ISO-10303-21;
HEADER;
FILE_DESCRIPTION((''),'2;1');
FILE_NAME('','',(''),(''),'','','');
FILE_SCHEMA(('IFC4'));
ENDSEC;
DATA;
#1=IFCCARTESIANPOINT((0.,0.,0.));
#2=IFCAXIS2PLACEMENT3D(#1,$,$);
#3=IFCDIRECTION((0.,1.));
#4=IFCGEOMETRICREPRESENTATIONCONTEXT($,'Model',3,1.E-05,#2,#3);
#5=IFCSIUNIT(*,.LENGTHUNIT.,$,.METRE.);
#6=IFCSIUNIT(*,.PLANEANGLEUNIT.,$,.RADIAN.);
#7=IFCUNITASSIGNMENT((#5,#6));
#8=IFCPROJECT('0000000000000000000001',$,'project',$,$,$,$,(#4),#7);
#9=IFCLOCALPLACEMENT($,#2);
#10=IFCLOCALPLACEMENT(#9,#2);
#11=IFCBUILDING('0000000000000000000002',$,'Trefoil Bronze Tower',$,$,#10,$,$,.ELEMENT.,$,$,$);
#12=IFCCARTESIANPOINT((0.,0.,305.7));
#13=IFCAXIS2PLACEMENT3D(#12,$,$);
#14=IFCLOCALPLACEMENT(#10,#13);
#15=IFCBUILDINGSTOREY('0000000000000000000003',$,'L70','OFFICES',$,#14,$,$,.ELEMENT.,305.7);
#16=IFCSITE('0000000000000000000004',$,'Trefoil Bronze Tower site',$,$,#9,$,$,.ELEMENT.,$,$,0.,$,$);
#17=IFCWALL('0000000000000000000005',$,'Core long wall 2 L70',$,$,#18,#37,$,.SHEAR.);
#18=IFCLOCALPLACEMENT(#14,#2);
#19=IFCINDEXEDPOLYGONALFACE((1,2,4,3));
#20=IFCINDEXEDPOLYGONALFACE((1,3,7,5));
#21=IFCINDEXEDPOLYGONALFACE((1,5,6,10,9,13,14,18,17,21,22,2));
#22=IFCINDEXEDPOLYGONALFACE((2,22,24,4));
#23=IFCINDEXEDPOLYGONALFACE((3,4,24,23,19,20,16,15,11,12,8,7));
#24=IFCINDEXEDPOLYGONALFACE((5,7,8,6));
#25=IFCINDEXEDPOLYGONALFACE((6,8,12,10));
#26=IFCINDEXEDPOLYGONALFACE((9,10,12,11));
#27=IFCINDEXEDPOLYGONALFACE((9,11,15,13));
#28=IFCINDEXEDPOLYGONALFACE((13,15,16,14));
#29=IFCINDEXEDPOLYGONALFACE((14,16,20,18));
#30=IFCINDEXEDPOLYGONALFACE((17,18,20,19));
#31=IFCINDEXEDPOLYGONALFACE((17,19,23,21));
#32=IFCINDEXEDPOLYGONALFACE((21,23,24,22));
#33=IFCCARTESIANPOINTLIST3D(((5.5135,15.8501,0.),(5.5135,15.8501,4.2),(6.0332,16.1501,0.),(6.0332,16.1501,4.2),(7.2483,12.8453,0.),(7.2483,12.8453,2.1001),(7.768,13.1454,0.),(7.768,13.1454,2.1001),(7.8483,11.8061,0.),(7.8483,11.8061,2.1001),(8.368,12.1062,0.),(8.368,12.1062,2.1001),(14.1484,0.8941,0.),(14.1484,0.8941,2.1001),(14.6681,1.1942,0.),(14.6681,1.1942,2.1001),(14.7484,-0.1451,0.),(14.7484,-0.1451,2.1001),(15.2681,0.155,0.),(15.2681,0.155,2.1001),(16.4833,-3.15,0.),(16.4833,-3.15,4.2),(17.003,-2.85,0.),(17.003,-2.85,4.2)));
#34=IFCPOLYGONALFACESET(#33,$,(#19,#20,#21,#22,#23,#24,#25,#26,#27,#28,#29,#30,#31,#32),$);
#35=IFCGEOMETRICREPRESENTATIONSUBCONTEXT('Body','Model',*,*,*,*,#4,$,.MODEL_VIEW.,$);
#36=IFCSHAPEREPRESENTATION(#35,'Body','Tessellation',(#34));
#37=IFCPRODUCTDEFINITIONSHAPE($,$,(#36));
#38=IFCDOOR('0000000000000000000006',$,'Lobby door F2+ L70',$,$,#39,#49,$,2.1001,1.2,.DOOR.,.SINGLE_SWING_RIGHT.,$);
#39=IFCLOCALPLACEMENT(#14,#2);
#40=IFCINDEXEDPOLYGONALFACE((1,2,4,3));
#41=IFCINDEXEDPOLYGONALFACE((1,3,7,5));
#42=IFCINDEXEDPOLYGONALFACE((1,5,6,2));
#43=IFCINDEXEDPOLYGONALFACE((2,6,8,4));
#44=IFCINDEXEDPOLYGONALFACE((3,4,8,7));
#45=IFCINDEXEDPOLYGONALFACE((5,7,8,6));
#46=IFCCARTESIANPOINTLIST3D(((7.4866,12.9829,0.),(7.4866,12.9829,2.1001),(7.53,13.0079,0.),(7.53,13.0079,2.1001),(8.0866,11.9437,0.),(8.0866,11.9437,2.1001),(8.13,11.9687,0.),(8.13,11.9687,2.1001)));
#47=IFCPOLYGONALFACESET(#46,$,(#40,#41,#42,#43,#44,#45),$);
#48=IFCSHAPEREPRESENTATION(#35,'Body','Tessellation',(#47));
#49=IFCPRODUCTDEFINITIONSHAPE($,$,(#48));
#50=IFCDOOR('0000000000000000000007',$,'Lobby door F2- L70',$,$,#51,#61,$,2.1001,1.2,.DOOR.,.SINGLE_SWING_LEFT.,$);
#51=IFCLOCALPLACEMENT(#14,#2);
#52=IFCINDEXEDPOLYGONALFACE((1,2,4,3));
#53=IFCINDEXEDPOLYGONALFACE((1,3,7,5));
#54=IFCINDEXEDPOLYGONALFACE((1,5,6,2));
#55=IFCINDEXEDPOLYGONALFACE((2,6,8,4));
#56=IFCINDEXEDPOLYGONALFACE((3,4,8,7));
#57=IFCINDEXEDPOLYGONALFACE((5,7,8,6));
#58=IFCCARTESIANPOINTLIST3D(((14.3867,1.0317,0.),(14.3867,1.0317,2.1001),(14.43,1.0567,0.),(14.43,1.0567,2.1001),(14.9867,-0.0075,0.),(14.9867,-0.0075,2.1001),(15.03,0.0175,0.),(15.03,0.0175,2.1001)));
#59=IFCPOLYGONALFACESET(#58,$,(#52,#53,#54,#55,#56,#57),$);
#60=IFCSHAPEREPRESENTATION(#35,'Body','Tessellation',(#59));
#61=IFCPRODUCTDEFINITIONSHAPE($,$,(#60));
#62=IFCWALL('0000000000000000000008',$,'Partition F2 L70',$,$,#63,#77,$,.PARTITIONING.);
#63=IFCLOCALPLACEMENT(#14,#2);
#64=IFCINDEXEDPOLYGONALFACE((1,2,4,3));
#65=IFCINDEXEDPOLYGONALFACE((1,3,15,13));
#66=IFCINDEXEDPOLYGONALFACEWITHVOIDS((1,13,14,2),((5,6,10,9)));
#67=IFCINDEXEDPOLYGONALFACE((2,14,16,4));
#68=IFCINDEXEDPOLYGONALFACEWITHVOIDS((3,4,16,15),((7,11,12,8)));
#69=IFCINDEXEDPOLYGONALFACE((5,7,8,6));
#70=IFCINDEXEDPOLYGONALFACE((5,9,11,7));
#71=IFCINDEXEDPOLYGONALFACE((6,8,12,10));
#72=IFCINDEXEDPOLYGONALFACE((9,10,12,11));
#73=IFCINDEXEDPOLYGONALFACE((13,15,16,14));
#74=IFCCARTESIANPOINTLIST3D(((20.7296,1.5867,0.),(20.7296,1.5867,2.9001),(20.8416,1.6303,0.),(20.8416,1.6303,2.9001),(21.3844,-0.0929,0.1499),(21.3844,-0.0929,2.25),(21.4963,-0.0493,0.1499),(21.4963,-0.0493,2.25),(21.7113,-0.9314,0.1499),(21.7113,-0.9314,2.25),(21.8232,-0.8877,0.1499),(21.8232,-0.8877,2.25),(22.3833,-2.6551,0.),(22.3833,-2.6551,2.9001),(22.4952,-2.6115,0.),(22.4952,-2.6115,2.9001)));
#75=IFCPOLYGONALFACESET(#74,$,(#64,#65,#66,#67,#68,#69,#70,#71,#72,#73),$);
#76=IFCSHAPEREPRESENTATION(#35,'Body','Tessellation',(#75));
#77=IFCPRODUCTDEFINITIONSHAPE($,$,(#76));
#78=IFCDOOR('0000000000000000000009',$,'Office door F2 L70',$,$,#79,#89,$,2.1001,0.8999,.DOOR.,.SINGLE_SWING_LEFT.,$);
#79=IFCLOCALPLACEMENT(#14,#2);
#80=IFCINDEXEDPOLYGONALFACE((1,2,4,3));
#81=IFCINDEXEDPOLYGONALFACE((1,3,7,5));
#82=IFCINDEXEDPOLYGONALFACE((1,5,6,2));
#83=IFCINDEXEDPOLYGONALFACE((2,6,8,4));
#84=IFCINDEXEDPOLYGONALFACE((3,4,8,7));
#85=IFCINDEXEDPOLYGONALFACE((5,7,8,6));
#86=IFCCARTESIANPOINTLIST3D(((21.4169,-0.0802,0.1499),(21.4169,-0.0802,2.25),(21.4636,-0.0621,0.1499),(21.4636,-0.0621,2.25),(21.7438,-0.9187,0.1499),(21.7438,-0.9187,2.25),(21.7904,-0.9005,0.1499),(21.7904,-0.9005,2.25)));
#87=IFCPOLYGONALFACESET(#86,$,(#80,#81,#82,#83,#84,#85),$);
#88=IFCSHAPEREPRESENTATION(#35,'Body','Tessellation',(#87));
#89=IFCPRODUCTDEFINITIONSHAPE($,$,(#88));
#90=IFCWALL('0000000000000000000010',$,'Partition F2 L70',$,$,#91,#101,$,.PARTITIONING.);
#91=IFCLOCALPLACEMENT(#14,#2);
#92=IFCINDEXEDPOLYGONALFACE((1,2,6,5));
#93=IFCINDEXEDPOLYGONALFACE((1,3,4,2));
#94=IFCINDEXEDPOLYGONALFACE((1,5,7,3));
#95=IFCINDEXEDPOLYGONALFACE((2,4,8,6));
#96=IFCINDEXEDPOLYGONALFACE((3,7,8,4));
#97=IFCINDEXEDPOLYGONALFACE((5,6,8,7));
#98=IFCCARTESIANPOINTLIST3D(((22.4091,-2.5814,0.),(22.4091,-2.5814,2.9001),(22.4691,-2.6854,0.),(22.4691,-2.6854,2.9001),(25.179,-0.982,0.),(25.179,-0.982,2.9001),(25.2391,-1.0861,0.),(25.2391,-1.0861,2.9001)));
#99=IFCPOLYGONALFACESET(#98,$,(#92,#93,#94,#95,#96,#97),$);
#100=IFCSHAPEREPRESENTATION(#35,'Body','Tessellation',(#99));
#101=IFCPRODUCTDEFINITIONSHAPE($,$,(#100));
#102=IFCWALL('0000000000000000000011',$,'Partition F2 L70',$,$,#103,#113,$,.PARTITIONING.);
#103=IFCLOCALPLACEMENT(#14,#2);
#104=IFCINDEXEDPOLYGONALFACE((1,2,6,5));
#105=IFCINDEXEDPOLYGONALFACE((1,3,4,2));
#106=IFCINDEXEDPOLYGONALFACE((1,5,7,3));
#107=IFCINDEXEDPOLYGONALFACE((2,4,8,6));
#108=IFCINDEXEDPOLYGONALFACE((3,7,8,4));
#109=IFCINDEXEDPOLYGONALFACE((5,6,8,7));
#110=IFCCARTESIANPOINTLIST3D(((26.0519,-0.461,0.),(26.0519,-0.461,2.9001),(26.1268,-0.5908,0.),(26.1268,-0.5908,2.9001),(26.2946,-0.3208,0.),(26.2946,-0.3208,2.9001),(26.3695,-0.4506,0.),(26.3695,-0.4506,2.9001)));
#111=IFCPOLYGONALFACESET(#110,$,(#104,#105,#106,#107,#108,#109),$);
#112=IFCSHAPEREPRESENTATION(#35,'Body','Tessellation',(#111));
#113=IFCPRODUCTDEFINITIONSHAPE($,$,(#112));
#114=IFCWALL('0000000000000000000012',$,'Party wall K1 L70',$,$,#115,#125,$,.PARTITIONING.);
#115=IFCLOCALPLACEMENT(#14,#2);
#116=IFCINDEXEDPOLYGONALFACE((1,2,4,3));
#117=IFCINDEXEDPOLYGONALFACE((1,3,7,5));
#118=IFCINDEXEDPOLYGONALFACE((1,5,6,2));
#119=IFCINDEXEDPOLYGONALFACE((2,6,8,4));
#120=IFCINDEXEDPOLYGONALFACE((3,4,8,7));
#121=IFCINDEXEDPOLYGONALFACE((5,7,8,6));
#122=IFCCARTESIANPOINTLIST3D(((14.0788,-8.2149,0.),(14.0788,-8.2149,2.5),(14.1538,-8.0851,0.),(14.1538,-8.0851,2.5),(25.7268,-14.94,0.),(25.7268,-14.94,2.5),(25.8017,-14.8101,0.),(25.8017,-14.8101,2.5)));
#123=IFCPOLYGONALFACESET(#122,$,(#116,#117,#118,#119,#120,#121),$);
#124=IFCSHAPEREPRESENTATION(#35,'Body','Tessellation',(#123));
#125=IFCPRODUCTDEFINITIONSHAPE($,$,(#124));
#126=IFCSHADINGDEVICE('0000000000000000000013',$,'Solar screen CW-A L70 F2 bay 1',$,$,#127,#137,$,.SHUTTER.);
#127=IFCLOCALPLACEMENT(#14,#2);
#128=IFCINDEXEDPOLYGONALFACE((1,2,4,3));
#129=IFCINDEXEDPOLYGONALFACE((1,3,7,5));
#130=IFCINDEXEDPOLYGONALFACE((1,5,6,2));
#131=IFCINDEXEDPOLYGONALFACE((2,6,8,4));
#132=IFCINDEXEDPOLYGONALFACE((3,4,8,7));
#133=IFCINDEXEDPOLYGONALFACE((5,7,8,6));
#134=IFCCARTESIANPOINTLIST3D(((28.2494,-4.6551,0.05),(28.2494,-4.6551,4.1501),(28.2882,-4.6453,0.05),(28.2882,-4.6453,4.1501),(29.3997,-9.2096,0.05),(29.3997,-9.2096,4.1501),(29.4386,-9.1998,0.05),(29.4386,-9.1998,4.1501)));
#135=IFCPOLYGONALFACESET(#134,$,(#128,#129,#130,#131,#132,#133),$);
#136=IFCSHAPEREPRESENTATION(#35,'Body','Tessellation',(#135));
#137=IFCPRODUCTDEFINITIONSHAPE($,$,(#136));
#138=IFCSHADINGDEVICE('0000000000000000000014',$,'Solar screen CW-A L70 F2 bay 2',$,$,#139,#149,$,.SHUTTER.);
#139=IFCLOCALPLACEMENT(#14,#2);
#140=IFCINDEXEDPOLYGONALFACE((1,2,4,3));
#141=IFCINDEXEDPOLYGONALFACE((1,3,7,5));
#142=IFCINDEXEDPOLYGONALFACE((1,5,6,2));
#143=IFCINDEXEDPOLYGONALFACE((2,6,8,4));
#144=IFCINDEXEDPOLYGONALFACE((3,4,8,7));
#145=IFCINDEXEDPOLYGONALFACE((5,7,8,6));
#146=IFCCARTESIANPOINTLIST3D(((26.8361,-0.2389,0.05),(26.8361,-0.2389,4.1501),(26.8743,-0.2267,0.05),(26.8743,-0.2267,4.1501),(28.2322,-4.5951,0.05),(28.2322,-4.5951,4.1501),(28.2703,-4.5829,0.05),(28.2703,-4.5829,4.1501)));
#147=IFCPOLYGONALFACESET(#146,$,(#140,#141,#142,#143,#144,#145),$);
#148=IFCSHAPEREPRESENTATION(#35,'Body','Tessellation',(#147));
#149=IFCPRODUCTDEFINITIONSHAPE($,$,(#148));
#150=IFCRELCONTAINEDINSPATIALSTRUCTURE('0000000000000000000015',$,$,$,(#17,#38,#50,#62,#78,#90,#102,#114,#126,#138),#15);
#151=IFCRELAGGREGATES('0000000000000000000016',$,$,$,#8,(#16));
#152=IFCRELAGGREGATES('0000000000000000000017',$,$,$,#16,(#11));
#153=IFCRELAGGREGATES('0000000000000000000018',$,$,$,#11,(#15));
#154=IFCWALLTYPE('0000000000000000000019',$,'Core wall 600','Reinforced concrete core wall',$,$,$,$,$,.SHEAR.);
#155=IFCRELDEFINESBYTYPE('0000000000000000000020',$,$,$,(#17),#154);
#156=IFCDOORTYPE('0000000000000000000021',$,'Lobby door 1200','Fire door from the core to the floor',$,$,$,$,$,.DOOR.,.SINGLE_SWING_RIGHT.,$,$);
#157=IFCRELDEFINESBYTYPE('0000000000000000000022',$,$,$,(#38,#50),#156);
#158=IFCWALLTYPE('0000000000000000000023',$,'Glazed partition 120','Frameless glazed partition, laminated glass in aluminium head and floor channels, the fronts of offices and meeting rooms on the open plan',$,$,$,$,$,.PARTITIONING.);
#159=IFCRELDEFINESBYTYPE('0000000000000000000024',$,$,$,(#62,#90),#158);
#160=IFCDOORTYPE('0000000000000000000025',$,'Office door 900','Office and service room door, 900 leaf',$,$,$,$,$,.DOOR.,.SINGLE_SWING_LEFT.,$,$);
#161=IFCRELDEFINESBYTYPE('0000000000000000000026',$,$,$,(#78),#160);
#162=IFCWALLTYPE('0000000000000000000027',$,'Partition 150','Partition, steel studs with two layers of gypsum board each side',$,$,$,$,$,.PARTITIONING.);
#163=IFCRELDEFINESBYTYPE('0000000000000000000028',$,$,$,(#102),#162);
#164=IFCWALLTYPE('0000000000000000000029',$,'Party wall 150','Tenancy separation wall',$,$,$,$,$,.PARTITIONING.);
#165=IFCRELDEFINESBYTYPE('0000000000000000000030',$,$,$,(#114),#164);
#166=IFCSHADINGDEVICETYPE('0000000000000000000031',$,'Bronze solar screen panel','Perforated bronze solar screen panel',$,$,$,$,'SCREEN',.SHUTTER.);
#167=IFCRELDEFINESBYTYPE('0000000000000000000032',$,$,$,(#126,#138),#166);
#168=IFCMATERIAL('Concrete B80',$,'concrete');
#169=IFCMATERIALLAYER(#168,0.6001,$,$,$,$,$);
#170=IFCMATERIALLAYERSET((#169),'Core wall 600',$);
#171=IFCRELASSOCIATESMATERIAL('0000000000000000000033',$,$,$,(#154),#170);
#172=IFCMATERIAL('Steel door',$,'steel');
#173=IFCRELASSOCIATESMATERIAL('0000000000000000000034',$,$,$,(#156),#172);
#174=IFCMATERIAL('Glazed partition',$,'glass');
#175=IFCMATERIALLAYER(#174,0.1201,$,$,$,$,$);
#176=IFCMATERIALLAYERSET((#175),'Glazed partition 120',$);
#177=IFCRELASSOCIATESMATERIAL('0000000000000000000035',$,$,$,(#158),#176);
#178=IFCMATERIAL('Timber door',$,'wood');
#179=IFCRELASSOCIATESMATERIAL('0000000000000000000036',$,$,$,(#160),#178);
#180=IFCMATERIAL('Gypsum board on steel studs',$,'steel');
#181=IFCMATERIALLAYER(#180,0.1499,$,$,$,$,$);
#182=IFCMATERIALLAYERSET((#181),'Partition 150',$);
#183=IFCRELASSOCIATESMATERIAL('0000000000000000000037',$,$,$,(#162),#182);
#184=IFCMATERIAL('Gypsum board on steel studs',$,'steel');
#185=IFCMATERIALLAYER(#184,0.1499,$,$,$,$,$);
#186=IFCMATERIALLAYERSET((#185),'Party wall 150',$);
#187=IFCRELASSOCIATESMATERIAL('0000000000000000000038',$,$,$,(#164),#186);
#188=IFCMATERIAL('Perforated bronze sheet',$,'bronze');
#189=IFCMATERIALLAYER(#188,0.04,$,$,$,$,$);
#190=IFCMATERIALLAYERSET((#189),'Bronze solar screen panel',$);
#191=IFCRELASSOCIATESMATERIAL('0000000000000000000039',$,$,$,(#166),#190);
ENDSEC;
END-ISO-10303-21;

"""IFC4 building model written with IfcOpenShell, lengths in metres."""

from ifc_helpers import new_model, si_unit, direction, frame, frame_2d, origin, origin_2d, place, context, subcontext, project, spatial, rectangle, extrude, material, layer, layer_set, type_object, element, fill, save


model = new_model("IFC4")

# Units and contexts
model_context = context("Model", 3, precision=1e-05, world=origin(), true_north=direction((0.0, 1.0)))
body_context = subcontext(model_context, "Body", "Model", "MODEL_VIEW")
ifc_project = project(units=[si_unit("LENGTHUNIT", "METRE"), si_unit("PLANEANGLEUNIT", "RADIAN")], contexts=[model_context])

# Site, building, storey
site_placement = place(None, origin())
site = spatial("IfcSite", under=ifc_project, at=site_placement, Name="Trefoil Bronze Tower site", CompositionType="ELEMENT", RefElevation=0.0)
building_placement = place(site_placement, origin())
building = spatial("IfcBuilding", under=site, at=building_placement, Name="Trefoil Bronze Tower", CompositionType="ELEMENT")
storey_placement = place(building_placement, frame((0.0, 0.0, 305.7)))
storey = spatial("IfcBuildingStorey", under=building, at=storey_placement, Name="L70", Description="OFFICES", CompositionType="ELEMENT", Elevation=305.7)

# Wall, openings, doors
ifc_material_1 = material(Name="Concrete B80", Category="concrete")
ifc_layer_1 = layer(ifc_material_1, 0.6001)
ifc_layer_set_1 = layer_set([ifc_layer_1], Name="Core wall 600")
wall_type_1 = type_object("IfcWallType", Name="Core wall 600", Description="Reinforced concrete core wall", PredefinedType="SHEAR", material=ifc_layer_set_1)
wall_1_placement = place(storey_placement, frame((16.7432, -3.0, 0.0), z_axis=(0.0, 0.0, 1.0), x_axis=(-0.500002, 0.866024, 0.0)))
wall_1 = element("IfcWall", 1, at=wall_1_placement, inside=storey, type_object=wall_type_1, Name="Core long wall 2 L70", PredefinedType="SHEAR", context=body_context, shape_type="SweptSolid", body=[
    extrude(rectangle(XDim=21.9395, YDim=0.6001, at=frame_2d((10.9697, 0.0))), origin(), (0.0, 0.0, 1.0), 4.2),
])
opening_1_placement = place(wall_1_placement, frame((17.2698, 0.0, 0.0)))
opening_1 = element("IfcOpeningElement", 2, at=opening_1_placement, cuts=wall_1, PredefinedType="OPENING", context=body_context, shape_type="SweptSolid", body=[
    extrude(rectangle(XDim=1.2, YDim=2.1001, at=frame_2d((0.6001, 1.05))), frame((0.0, 0.3101, 0.0), z_axis=(0.0, -1.0, 0.0), x_axis=(1.0, 0.0, 0.0)), (0.0, 0.0, 1.0), 0.6201),
])
opening_2_placement = place(wall_1_placement, frame((3.4697, 0.0, 0.0)))
opening_2 = element("IfcOpeningElement", 3, at=opening_2_placement, cuts=wall_1, PredefinedType="OPENING", context=body_context, shape_type="SweptSolid", body=[
    extrude(rectangle(XDim=1.2, YDim=2.1001, at=frame_2d((0.6001, 1.05))), frame((0.0, 0.3101, 0.0), z_axis=(0.0, -1.0, 0.0), x_axis=(1.0, 0.0, 0.0)), (0.0, 0.0, 1.0), 0.6201),
])
ifc_material_2 = material(Name="Steel door", Category="steel")
door_type_1 = type_object("IfcDoorType", Name="Lobby door 1200", Description="Fire door from the core to the floor", OperationType="SINGLE_SWING_RIGHT", PredefinedType="DOOR", material=ifc_material_2)
door_1_placement = place(opening_1_placement, origin())
door_1 = element("IfcDoor", 4, at=door_1_placement, inside=storey, type_object=door_type_1, Name="Lobby door F2+ L70", OperationType="SINGLE_SWING_RIGHT", OverallHeight=2.1001, OverallWidth=1.2, PredefinedType="DOOR", context=body_context, shape_type="SweptSolid", body=[
    extrude(rectangle(XDim=1.2, YDim=2.1001, at=frame_2d((0.6001, 1.05))), frame((0.0, 0.0249, 0.0), z_axis=(0.0, -1.0, 0.0), x_axis=(1.0, 0.0, 0.0)), (0.0, 0.0, 1.0), 0.05),
])
fill(opening_1, door_1)
door_2_placement = place(opening_2_placement, origin())
door_2 = element("IfcDoor", 5, at=door_2_placement, inside=storey, type_object=door_type_1, Name="Lobby door F2- L70", OperationType="SINGLE_SWING_LEFT", OverallHeight=2.1001, OverallWidth=1.2, PredefinedType="DOOR", context=body_context, shape_type="SweptSolid", body=[
    extrude(rectangle(XDim=1.2, YDim=2.1001, at=frame_2d((0.6001, 1.05))), frame((0.0, 0.0249, 0.0), z_axis=(0.0, -1.0, 0.0), x_axis=(1.0, 0.0, 0.0)), (0.0, 0.0, 1.0), 0.05),
])
fill(opening_2, door_2)

# Wall, opening, door
ifc_material_3 = material(Name="Glazed partition", Category="glass")
ifc_layer_2 = layer(ifc_material_3, 0.1201)
ifc_layer_set_2 = layer_set([ifc_layer_2], Name="Glazed partition 120")
wall_type_2 = type_object("IfcWallType", Name="Glazed partition 120", Description="Frameless glazed partition, laminated glass in aluminium head and floor channels, the fronts of offices and meeting rooms on the open plan", PredefinedType="PARTITIONING", material=ifc_layer_set_2)
wall_2_placement = place(storey_placement, frame((22.4392, -2.6333, 0.0), z_axis=(0.0, 0.0, 1.0), x_axis=(-0.363212, 0.931706, 0.0)))
wall_2 = element("IfcWall", 6, at=wall_2_placement, inside=storey, type_object=wall_type_2, Name="Partition F2 L70", PredefinedType="PARTITIONING", context=body_context, shape_type="SweptSolid", body=[
    extrude(rectangle(XDim=4.5527, YDim=0.1201, at=frame_2d((2.2764, 0.0))), origin(), (0.0, 0.0, 1.0), 2.9001),
])
opening_3_placement = place(wall_2_placement, frame((1.8501, 0.0, 0.1499)))
opening_3 = element("IfcOpeningElement", 7, at=opening_3_placement, cuts=wall_2, PredefinedType="OPENING", context=body_context, shape_type="SweptSolid", body=[
    extrude(rectangle(XDim=0.8999, YDim=2.1001, at=frame_2d((0.45, 1.05))), frame((0.0, 0.0701, 0.0), z_axis=(0.0, -1.0, 0.0), x_axis=(1.0, 0.0, 0.0)), (0.0, 0.0, 1.0), 0.1401),
])
ifc_material_4 = material(Name="Timber door", Category="wood")
door_type_2 = type_object("IfcDoorType", Name="Office door 900", Description="Office and service room door, 900 leaf", OperationType="SINGLE_SWING_LEFT", PredefinedType="DOOR", material=ifc_material_4)
door_3_placement = place(opening_3_placement, frame((0.8999, 0.0, 0.0), z_axis=(0.0, 0.0, 1.0), x_axis=(-1.0, 0.0, 0.0)))
door_3 = element("IfcDoor", 8, at=door_3_placement, inside=storey, type_object=door_type_2, Name="Office door F2 L70", OperationType="SINGLE_SWING_LEFT", OverallHeight=2.1001, OverallWidth=0.8999, PredefinedType="DOOR", context=body_context, shape_type="SweptSolid", body=[
    extrude(rectangle(XDim=0.8999, YDim=2.1001, at=frame_2d((0.45, 1.05))), frame((0.0, 0.0249, 0.0), z_axis=(0.0, -1.0, 0.0), x_axis=(1.0, 0.0, 0.0)), (0.0, 0.0, 1.0), 0.05),
])
fill(opening_3, door_3)

# Walls
wall_3_placement = place(storey_placement, frame((22.4392, -2.6333, 0.0), z_axis=(0.0, 0.0, 1.0), x_axis=(0.866013, 0.500022, 0.0)))
element("IfcWall", 9, at=wall_3_placement, inside=storey, type_object=wall_type_2, Name="Partition F2 L70", PredefinedType="PARTITIONING", context=body_context, shape_type="SweptSolid", body=[
    extrude(rectangle(XDim=3.1985, YDim=0.1201, at=frame_2d((1.5991, 0.0))), origin(), (0.0, 0.0, 1.0), 2.9001),
])
ifc_material_5 = material(Name="Gypsum board on steel studs", Category="steel")
ifc_layer_3 = layer(ifc_material_5, 0.1499)
ifc_layer_set_3 = layer_set([ifc_layer_3], Name="Partition 150")
wall_type_3 = type_object("IfcWallType", Name="Partition 150", Description="Partition, steel studs with two layers of gypsum board each side", PredefinedType="PARTITIONING", material=ifc_layer_set_3)
wall_4_placement = place(storey_placement, frame((26.0894, -0.5259, 0.0), z_axis=(0.0, 0.0, 1.0), x_axis=(0.865982, 0.500074, 0.0)))
element("IfcWall", 10, at=wall_4_placement, inside=storey, type_object=wall_type_3, Name="Partition F2 L70", PredefinedType="PARTITIONING", context=body_context, shape_type="SweptSolid", body=[
    extrude(rectangle(XDim=0.2803, YDim=0.1499, at=frame_2d((0.1401, 0.0))), origin(), (0.0, 0.0, 1.0), 2.9001),
])
ifc_material_6 = material(Name="Gypsum board on steel studs", Category="steel")
ifc_layer_4 = layer(ifc_material_6, 0.1499)
ifc_layer_set_4 = layer_set([ifc_layer_4], Name="Party wall 150")
wall_type_4 = type_object("IfcWallType", Name="Party wall 150", Description="Tenancy separation wall", PredefinedType="PARTITIONING", material=ifc_layer_set_4)
wall_5_placement = place(storey_placement, frame((14.1162, -8.1499, 0.0), z_axis=(0.0, 0.0, 1.0), x_axis=(0.866021, -0.500008, 0.0)))
element("IfcWall", 11, at=wall_5_placement, inside=storey, type_object=wall_type_4, Name="Party wall K1 L70", PredefinedType="PARTITIONING", context=body_context, shape_type="SweptSolid", body=[
    extrude(rectangle(XDim=13.45, YDim=0.1499, at=frame_2d((6.7251, 0.0))), origin(), (0.0, 0.0, 1.0), 2.5),
])

# Shading devices
ifc_material_7 = material(Name="Perforated bronze sheet", Category="bronze")
ifc_layer_5 = layer(ifc_material_7, 0.04)
ifc_layer_set_5 = layer_set([ifc_layer_5], Name="Bronze solar screen panel")
shading_device_type = type_object("IfcShadingDeviceType", Name="Bronze solar screen panel", Description="Perforated bronze solar screen panel", ElementType="SCREEN", PredefinedType="SHUTTER", material=ifc_layer_set_5)
shading_device_1_placement = place(storey_placement, frame((28.844, -6.9275, 0.05), z_axis=(0.0, 0.0, 1.0), x_axis=(-0.24488, 0.969554, 0.0)))
element("IfcShadingDevice", 12, at=shading_device_1_placement, inside=storey, type_object=shading_device_type, Name="Solar screen CW-A L70 F2 bay 1", PredefinedType="SHUTTER", context=body_context, shape_type="SweptSolid", body=[
    extrude(rectangle(XDim=4.6975, YDim=0.04, at=origin_2d()), origin(), (0.0, 0.0, 1.0), 4.1001),
])
shading_device_2_placement = place(storey_placement, frame((27.5532, -2.4109, 0.05), z_axis=(0.0, 0.0, 1.0), x_axis=(-0.305188, 0.952292, 0.0)))
element("IfcShadingDevice", 13, at=shading_device_2_placement, inside=storey, type_object=shading_device_type, Name="Solar screen CW-A L70 F2 bay 2", PredefinedType="SHUTTER", context=body_context, shape_type="SweptSolid", body=[
    extrude(rectangle(XDim=4.5745, YDim=0.04, at=origin_2d()), origin(), (0.0, 0.0, 1.0), 4.1001),
])

save(model, "model.ifc")
